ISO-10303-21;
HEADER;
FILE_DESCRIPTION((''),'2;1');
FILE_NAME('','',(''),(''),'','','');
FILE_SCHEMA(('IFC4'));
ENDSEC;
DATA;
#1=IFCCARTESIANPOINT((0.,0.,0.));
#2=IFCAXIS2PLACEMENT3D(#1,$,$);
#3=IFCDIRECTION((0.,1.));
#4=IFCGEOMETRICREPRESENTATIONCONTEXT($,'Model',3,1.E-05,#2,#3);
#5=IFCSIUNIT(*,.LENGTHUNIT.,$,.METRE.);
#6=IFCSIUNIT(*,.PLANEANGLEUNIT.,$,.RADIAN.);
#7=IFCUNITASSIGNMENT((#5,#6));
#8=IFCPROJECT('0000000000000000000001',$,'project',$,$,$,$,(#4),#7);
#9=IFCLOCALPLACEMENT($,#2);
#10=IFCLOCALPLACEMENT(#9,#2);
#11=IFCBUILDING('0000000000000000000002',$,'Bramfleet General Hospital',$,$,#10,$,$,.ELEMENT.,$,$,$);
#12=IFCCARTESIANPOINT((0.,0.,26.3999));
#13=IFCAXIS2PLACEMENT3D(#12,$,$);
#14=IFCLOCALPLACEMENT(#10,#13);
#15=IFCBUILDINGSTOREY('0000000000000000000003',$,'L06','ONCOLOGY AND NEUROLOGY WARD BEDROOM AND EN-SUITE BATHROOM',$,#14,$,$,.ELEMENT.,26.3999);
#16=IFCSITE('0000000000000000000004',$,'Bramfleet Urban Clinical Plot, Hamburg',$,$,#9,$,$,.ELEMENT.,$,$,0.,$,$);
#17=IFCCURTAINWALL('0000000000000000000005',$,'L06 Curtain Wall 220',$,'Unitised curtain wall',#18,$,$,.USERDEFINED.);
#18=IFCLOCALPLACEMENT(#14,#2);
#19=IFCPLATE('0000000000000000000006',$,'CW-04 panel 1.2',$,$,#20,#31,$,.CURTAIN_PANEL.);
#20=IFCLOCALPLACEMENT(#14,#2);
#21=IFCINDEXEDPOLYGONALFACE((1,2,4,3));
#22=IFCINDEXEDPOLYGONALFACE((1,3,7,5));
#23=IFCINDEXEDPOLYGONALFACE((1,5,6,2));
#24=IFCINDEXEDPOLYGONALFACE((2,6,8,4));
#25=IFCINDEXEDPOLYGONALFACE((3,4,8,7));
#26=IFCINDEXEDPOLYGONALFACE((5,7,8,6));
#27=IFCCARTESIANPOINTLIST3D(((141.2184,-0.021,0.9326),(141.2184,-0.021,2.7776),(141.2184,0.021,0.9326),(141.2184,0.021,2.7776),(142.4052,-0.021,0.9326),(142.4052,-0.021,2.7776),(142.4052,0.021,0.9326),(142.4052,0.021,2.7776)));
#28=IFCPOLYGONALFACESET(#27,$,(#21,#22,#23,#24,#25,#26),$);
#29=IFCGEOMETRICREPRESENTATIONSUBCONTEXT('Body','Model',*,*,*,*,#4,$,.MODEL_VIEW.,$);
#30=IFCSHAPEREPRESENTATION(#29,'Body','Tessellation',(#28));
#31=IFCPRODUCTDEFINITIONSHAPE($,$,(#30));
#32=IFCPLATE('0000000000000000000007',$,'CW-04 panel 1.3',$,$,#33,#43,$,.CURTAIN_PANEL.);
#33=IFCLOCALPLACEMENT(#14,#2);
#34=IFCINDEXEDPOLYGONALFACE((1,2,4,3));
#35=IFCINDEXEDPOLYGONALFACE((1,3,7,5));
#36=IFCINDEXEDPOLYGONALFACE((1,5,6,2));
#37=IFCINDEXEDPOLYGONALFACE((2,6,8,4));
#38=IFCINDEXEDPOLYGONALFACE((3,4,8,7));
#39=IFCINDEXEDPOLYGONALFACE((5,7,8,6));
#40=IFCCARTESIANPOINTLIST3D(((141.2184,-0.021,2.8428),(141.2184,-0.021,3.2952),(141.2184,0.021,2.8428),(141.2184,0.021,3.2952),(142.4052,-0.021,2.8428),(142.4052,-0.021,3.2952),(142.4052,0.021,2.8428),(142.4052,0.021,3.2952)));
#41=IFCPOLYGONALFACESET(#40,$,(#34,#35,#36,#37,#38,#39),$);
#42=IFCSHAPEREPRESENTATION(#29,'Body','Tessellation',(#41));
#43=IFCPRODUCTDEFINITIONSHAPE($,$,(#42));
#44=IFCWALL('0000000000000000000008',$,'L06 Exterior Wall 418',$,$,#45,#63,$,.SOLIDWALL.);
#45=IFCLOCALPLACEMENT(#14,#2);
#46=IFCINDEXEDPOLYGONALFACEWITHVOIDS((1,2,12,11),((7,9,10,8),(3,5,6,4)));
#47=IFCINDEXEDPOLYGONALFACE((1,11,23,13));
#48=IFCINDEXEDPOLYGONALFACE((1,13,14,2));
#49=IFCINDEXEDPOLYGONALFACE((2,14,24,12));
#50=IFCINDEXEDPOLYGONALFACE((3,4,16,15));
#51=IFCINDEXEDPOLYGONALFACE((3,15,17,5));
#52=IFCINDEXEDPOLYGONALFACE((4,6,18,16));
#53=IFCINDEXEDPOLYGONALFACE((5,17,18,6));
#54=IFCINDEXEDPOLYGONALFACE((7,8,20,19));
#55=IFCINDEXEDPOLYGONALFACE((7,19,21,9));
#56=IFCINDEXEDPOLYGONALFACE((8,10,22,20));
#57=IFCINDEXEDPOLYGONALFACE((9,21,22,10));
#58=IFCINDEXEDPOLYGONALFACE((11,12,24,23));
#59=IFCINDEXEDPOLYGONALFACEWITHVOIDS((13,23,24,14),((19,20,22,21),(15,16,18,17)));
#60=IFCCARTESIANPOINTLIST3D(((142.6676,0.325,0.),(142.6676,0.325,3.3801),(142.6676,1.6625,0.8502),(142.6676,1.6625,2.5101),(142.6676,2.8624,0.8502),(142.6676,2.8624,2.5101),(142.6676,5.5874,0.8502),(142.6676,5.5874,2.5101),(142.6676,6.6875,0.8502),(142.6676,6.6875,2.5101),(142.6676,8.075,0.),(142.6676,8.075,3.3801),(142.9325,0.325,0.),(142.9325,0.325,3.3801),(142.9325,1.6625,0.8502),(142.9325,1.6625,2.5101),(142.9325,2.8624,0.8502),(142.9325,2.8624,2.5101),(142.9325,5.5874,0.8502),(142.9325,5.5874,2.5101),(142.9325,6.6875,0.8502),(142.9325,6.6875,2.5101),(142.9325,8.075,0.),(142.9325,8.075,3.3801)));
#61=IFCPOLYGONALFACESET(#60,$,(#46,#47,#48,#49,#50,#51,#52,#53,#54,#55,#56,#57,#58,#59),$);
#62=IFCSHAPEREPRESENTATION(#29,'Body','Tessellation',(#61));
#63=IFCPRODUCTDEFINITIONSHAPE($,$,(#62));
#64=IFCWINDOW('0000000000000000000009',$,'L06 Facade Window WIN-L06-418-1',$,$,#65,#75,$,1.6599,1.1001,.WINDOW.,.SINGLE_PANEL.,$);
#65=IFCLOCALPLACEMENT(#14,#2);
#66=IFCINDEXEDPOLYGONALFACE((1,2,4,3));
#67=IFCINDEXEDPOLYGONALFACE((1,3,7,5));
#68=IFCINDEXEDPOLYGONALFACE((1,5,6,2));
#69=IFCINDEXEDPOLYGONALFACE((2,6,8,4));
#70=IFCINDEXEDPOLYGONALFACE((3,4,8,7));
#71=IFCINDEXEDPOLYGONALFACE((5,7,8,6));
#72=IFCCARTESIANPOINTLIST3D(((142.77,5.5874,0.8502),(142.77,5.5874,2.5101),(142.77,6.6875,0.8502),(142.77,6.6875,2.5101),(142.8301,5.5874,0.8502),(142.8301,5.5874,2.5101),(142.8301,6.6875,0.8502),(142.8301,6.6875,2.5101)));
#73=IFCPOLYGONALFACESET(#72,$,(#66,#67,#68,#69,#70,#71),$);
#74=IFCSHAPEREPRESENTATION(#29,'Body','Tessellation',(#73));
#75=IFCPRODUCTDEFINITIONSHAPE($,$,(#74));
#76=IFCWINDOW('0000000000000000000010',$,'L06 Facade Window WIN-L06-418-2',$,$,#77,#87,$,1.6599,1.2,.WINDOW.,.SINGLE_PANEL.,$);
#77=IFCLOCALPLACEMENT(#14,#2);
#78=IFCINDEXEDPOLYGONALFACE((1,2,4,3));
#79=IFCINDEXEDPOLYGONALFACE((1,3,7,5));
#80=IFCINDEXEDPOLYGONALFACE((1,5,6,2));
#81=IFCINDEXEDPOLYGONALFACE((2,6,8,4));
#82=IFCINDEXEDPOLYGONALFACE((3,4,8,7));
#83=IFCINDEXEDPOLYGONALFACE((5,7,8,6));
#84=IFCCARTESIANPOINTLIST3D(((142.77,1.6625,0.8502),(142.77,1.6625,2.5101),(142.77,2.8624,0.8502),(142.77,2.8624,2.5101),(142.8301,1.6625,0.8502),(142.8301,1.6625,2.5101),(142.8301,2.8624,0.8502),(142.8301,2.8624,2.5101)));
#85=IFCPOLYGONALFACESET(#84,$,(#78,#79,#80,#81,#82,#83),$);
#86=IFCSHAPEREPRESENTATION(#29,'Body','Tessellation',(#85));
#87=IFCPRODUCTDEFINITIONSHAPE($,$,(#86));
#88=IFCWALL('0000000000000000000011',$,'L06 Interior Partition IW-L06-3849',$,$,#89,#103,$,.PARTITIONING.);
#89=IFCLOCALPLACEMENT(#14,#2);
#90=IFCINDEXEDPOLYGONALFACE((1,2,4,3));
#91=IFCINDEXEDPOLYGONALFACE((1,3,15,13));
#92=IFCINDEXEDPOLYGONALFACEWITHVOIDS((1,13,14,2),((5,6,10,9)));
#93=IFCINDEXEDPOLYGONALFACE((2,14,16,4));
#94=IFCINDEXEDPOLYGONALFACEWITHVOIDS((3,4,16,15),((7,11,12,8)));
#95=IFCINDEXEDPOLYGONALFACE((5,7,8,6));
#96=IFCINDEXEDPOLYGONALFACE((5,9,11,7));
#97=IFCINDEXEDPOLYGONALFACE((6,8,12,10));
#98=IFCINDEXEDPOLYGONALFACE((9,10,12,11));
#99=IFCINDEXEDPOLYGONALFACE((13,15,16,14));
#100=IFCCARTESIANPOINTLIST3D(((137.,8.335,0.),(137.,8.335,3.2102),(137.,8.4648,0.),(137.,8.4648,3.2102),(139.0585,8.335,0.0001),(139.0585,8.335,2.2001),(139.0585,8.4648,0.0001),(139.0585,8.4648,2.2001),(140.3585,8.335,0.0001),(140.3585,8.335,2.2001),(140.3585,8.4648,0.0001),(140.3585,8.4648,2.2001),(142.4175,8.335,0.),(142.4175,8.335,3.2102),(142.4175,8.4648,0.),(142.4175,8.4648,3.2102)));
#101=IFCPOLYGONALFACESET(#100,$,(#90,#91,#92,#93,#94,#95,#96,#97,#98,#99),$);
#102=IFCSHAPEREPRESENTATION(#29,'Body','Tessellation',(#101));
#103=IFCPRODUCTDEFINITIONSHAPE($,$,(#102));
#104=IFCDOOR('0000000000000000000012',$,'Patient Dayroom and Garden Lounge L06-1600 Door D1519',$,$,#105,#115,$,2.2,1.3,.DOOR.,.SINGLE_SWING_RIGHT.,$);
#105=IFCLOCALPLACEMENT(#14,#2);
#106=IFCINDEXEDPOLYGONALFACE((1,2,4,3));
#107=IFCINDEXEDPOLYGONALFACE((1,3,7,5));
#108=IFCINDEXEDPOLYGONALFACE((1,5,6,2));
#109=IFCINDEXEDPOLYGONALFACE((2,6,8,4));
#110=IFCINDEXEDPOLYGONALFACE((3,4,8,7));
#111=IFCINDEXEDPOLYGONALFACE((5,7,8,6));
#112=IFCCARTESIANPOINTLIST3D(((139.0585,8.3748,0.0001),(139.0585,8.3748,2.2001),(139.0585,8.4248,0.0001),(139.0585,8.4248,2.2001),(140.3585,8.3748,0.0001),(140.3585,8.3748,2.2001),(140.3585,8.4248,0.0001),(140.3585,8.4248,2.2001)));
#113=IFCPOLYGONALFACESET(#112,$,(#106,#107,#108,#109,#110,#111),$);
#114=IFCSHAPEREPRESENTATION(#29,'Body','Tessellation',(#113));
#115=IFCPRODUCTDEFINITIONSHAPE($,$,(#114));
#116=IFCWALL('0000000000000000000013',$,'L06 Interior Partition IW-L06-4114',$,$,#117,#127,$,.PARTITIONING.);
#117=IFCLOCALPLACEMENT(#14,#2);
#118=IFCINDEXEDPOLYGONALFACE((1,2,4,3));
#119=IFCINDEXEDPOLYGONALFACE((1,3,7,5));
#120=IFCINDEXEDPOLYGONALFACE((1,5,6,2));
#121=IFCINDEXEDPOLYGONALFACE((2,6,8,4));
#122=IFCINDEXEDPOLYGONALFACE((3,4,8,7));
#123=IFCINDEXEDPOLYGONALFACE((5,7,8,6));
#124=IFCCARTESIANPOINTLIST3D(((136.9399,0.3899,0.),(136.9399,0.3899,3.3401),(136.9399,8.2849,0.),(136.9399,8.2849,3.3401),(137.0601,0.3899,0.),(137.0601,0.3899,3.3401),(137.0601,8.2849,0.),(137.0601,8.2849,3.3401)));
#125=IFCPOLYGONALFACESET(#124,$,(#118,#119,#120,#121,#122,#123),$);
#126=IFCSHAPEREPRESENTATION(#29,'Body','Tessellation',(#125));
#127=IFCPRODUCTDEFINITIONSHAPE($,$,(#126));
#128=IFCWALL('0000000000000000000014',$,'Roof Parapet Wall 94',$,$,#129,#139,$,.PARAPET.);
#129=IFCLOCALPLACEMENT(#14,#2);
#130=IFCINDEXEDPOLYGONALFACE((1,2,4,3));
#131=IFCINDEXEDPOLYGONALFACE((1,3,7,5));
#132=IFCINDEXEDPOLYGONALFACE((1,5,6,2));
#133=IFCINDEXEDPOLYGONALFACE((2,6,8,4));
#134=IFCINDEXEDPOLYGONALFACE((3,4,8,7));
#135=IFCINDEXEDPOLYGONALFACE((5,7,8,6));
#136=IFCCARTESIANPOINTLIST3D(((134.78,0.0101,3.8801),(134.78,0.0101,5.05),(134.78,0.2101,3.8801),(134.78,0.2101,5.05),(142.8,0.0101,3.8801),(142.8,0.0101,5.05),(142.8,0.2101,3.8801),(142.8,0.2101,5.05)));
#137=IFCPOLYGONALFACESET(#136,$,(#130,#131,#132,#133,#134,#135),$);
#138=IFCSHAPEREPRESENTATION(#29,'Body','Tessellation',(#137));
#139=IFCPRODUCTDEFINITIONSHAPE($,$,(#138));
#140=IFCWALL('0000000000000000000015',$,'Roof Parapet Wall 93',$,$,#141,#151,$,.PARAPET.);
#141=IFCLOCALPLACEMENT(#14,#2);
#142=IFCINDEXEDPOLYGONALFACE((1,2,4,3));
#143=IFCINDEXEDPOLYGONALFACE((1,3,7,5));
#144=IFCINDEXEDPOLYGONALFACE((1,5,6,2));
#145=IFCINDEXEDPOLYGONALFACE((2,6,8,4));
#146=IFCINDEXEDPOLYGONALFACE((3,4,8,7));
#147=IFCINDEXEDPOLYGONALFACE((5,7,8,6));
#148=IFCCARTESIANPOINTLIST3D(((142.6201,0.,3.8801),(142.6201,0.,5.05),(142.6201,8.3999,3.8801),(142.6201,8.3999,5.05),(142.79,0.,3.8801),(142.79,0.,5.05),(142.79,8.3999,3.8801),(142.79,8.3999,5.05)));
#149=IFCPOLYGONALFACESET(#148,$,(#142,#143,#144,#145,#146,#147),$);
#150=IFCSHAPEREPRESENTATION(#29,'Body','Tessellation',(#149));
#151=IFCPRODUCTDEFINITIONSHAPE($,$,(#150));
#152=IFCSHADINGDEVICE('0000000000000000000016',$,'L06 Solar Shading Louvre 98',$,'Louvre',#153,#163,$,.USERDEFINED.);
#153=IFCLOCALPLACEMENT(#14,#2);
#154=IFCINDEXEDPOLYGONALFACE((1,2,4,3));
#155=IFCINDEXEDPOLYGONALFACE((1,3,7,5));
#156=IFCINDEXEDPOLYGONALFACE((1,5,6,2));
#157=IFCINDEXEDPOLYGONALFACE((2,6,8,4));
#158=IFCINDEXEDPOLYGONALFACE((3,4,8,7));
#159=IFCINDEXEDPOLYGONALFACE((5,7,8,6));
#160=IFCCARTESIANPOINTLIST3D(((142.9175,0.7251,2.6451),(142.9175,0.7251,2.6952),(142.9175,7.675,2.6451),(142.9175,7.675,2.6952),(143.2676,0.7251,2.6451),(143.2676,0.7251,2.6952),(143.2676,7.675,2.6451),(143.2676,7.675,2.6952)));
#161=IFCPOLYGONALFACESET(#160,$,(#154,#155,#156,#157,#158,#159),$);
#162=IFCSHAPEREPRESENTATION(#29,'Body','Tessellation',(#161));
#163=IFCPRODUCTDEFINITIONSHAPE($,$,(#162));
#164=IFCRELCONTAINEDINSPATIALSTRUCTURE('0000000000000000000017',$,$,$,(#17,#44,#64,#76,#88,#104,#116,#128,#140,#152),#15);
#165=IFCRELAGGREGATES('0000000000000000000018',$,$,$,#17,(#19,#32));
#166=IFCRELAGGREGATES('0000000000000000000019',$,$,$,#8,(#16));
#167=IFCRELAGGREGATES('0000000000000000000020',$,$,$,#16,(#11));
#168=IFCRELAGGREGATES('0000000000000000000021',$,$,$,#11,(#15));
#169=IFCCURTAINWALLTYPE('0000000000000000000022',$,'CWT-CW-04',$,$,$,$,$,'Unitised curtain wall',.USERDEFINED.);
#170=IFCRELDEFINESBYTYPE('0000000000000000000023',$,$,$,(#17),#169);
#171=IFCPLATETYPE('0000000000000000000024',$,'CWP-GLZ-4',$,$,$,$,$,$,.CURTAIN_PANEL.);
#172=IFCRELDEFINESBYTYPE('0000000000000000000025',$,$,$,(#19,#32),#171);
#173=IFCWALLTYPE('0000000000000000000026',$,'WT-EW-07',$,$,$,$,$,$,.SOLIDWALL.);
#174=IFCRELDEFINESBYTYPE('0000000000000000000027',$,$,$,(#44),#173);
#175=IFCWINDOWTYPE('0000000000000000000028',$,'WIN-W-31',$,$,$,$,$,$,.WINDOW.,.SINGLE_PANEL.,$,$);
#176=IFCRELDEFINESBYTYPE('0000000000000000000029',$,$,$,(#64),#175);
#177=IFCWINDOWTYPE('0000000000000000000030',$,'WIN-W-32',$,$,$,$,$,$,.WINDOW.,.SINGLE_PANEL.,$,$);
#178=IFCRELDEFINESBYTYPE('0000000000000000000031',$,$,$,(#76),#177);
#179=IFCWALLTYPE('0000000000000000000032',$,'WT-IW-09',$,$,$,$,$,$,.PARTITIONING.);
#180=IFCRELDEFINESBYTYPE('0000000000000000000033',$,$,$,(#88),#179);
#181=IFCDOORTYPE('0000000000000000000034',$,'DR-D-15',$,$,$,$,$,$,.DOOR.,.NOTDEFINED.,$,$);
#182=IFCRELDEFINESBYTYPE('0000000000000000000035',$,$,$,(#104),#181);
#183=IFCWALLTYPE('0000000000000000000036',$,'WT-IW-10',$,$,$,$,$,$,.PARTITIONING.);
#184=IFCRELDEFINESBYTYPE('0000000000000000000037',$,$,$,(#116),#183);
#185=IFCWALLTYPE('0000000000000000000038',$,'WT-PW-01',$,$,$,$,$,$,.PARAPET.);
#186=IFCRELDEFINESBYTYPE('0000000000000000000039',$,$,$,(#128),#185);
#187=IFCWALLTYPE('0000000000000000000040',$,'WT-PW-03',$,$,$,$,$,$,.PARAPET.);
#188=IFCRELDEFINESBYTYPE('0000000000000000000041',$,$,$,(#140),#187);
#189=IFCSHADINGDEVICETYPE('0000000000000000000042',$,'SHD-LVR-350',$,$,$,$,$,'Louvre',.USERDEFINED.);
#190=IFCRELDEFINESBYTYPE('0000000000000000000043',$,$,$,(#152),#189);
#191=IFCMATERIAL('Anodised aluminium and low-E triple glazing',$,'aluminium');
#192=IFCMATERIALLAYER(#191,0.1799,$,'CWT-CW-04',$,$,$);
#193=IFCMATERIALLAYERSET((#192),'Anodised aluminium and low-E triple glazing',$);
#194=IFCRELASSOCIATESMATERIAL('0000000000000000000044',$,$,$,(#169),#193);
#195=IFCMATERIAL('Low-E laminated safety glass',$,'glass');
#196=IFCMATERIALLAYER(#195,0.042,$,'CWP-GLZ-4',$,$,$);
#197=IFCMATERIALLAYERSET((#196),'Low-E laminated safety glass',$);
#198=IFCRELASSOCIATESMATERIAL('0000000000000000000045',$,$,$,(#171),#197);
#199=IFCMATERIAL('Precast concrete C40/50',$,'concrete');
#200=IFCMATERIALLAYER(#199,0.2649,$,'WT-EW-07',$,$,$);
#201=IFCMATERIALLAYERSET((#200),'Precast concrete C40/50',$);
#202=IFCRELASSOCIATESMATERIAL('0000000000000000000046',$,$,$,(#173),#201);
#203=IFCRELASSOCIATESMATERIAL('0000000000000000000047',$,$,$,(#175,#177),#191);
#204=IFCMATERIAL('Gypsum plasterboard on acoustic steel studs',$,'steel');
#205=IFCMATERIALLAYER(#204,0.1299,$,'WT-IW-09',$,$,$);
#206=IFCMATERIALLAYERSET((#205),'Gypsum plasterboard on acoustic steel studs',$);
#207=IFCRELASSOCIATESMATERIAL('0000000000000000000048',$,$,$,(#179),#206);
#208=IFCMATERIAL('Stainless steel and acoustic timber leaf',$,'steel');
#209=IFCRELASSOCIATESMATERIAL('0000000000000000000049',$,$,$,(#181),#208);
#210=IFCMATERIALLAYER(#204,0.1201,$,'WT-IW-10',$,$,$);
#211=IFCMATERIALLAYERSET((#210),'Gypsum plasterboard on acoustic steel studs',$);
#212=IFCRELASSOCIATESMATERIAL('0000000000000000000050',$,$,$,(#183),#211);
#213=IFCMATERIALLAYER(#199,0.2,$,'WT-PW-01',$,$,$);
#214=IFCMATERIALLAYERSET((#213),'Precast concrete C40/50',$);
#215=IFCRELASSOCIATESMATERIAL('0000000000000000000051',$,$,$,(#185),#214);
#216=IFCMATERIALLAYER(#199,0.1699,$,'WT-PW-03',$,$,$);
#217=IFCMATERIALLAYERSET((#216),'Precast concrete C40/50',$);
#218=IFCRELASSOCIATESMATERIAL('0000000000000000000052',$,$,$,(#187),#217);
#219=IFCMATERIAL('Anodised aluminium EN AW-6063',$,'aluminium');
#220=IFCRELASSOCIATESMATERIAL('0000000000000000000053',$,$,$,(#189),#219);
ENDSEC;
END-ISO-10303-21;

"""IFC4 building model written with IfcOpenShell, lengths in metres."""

from ifc_helpers import new_model, si_unit, direction, frame, frame_2d, origin, origin_2d, place, context, subcontext, project, spatial, rectangle, extrude, material, layer, layer_set, material_profile, profile_set, type_object, element, fill, aggregate, save


model = new_model("IFC4")

# Units and contexts
model_context = context("Model", 3, precision=1e-05, world=origin(), true_north=direction((0.0, 1.0)))
body_context = subcontext(model_context, "Body", "Model", "MODEL_VIEW")
ifc_project = project(units=[si_unit("LENGTHUNIT", "METRE"), si_unit("PLANEANGLEUNIT", "RADIAN")], contexts=[model_context])

# Site, building, storey
site_placement = place(None, origin())
site = spatial("IfcSite", under=ifc_project, at=site_placement, Name="Bramfleet Urban Clinical Plot, Hamburg", CompositionType="ELEMENT", RefElevation=0.0)
building_placement = place(site_placement, origin())
building = spatial("IfcBuilding", under=site, at=building_placement, Name="Bramfleet General Hospital", CompositionType="ELEMENT")
storey_placement = place(building_placement, frame((0.0, 0.0, 26.3999)))
storey = spatial("IfcBuildingStorey", under=building, at=storey_placement, Name="L06", Description="ONCOLOGY AND NEUROLOGY WARD BEDROOM AND EN-SUITE BATHROOM", CompositionType="ELEMENT", Elevation=26.3999)

# Curtain wall, plates
ifc_material_1 = material(Name="Anodised aluminium and low-E triple glazing", Category="aluminium")
ifc_layer_1 = layer(ifc_material_1, 0.1799, Name="CWT-CW-04")
ifc_layer_set_1 = layer_set([ifc_layer_1], Name="Anodised aluminium and low-E triple glazing")
curtain_wall_type = type_object("IfcCurtainWallType", Name="CWT-CW-04", ElementType="Unitised curtain wall", PredefinedType="USERDEFINED", material=ifc_layer_set_1)
curtain_wall_placement = place(storey_placement, origin())
curtain_wall = element("IfcCurtainWall", 1, at=curtain_wall_placement, inside=storey, type_object=curtain_wall_type, Name="L06 Curtain Wall 220", ObjectType="Unitised curtain wall", PredefinedType="USERDEFINED")
ifc_material_2 = material(Name="Low-E laminated safety glass", Category="glass")
ifc_layer_2 = layer(ifc_material_2, 0.042, Name="CWP-GLZ-4")
ifc_layer_set_2 = layer_set([ifc_layer_2], Name="Low-E laminated safety glass")
plate_type = type_object("IfcPlateType", Name="CWP-GLZ-4", PredefinedType="CURTAIN_PANEL", material=ifc_layer_set_2)
plate_1_placement = place(storey_placement, frame((141.8118, 0.0, 0.9326), z_axis=(0.0, 0.0, 1.0), x_axis=(-1.0, 0.0, 0.0)))
plate_1 = element("IfcPlate", 2, at=plate_1_placement, type_object=plate_type, Name="CW-04 panel 1.2", PredefinedType="CURTAIN_PANEL", context=body_context, shape_type="SweptSolid", body=[
    extrude(rectangle(XDim=1.1868, YDim=0.042, at=origin_2d()), origin(), (0.0, 0.0, 1.0), 1.845),
])
plate_2_placement = place(storey_placement, frame((141.8118, 0.0, 2.8428), z_axis=(0.0, 0.0, 1.0), x_axis=(-1.0, 0.0, 0.0)))
plate_2 = element("IfcPlate", 3, at=plate_2_placement, type_object=plate_type, Name="CW-04 panel 1.3", PredefinedType="CURTAIN_PANEL", context=body_context, shape_type="SweptSolid", body=[
    extrude(rectangle(XDim=1.1868, YDim=0.042, at=origin_2d()), origin(), (0.0, 0.0, 1.0), 0.4524),
])
aggregate(curtain_wall, [plate_1, plate_2])

# Wall, openings, windows
ifc_material_3 = material(Name="Precast concrete C40/50", Category="concrete")
ifc_layer_3 = layer(ifc_material_3, 0.2649, Name="WT-EW-07")
ifc_layer_set_3 = layer_set([ifc_layer_3], Name="Precast concrete C40/50")
wall_type_1 = type_object("IfcWallType", Name="WT-EW-07", PredefinedType="SOLIDWALL", material=ifc_layer_set_3)
wall_1_placement = place(storey_placement, frame((142.8, 8.075, 0.0), z_axis=(0.0, 0.0, 1.0), x_axis=(0.0, -1.0, 0.0)))
wall_1 = element("IfcWall", 4, at=wall_1_placement, inside=storey, type_object=wall_type_1, Name="L06 Exterior Wall 418", PredefinedType="SOLIDWALL", context=body_context, shape_type="SweptSolid", body=[
    extrude(rectangle(XDim=7.75, YDim=0.2649, at=frame_2d((3.875, 0.0))), origin(), (0.0, 0.0, 1.0), 3.3801),
])
opening_1_placement = place(wall_1_placement, frame((1.3875, 0.0, 0.8501)))
opening_1 = element("IfcOpeningElement", 5, at=opening_1_placement, cuts=wall_1, PredefinedType="OPENING", context=body_context, shape_type="SweptSolid", body=[
    extrude(rectangle(XDim=1.1001, YDim=1.6599, at=frame_2d((0.55, 0.8301))), frame((0.0, 0.1423, 0.0), z_axis=(0.0, -1.0, 0.0), x_axis=(1.0, 0.0, 0.0)), (0.0, 0.0, 1.0), 0.2849),
])
opening_2_placement = place(wall_1_placement, frame((5.2124, 0.0, 0.8501)))
opening_2 = element("IfcOpeningElement", 6, at=opening_2_placement, cuts=wall_1, PredefinedType="OPENING", context=body_context, shape_type="SweptSolid", body=[
    extrude(rectangle(XDim=1.2, YDim=1.6599, at=frame_2d((0.6001, 0.8301))), frame((0.0, 0.1423, 0.0), z_axis=(0.0, -1.0, 0.0), x_axis=(1.0, 0.0, 0.0)), (0.0, 0.0, 1.0), 0.2849),
])
window_type_1 = type_object("IfcWindowType", Name="WIN-W-31", PartitioningType="SINGLE_PANEL", PredefinedType="WINDOW", material=ifc_material_1)
window_1_placement = place(opening_1_placement, origin())
window_1 = element("IfcWindow", 7, at=window_1_placement, inside=storey, type_object=window_type_1, Name="L06 Facade Window WIN-L06-418-1", OverallHeight=1.6599, OverallWidth=1.1001, PartitioningType="SINGLE_PANEL", PredefinedType="WINDOW", context=body_context, shape_type="SweptSolid", body=[
    extrude(rectangle(XDim=1.1001, YDim=1.6599, at=frame_2d((0.55, 0.8301))), frame((0.0, 0.03, 0.0), z_axis=(0.0, -1.0, 0.0), x_axis=(1.0, 0.0, 0.0)), (0.0, 0.0, 1.0), 0.0601),
])
fill(opening_1, window_1)
window_type_2 = type_object("IfcWindowType", Name="WIN-W-32", PartitioningType="SINGLE_PANEL", PredefinedType="WINDOW", material=ifc_material_1)
window_2_placement = place(opening_2_placement, origin())
window_2 = element("IfcWindow", 8, at=window_2_placement, inside=storey, type_object=window_type_2, Name="L06 Facade Window WIN-L06-418-2", OverallHeight=1.6599, OverallWidth=1.2, PartitioningType="SINGLE_PANEL", PredefinedType="WINDOW", context=body_context, shape_type="SweptSolid", body=[
    extrude(rectangle(XDim=1.2, YDim=1.6599, at=frame_2d((0.6001, 0.8301))), frame((0.0, 0.03, 0.0), z_axis=(0.0, -1.0, 0.0), x_axis=(1.0, 0.0, 0.0)), (0.0, 0.0, 1.0), 0.0601),
])
fill(opening_2, window_2)

# Wall, opening, door
ifc_material_4 = material(Name="Gypsum plasterboard on acoustic steel studs", Category="steel")
ifc_layer_4 = layer(ifc_material_4, 0.1299, Name="WT-IW-09")
ifc_layer_set_4 = layer_set([ifc_layer_4], Name="Gypsum plasterboard on acoustic steel studs")
wall_type_2 = type_object("IfcWallType", Name="WT-IW-09", PredefinedType="PARTITIONING", material=ifc_layer_set_4)
wall_2_placement = place(storey_placement, frame((137.0, 8.3999, 0.0), z_axis=(0.0, 0.0, 1.0), x_axis=(1.0, 0.0, 0.0)))
wall_2 = element("IfcWall", 9, at=wall_2_placement, inside=storey, type_object=wall_type_2, Name="L06 Interior Partition IW-L06-3849", PredefinedType="PARTITIONING", context=body_context, shape_type="SweptSolid", body=[
    extrude(rectangle(XDim=5.4175, YDim=0.1299, at=frame_2d((2.7087, 0.0))), origin(), (0.0, 0.0, 1.0), 3.2102),
])
opening_3_placement = place(wall_2_placement, frame((2.0586, 0.0, 0.0)))
opening_3 = element("IfcOpeningElement", 10, at=opening_3_placement, cuts=wall_2, PredefinedType="OPENING", context=body_context, shape_type="SweptSolid", body=[
    extrude(rectangle(XDim=1.3, YDim=2.2, at=frame_2d((0.6499, 1.1001))), frame((0.0, 0.075, 0.0), z_axis=(0.0, -1.0, 0.0), x_axis=(1.0, 0.0, 0.0)), (0.0, 0.0, 1.0), 0.1499),
])
ifc_material_5 = material(Name="Stainless steel and acoustic timber leaf", Category="steel")
door_type = type_object("IfcDoorType", Name="DR-D-15", OperationType="NOTDEFINED", PredefinedType="DOOR", material=ifc_material_5)
door_placement = place(opening_3_placement, origin())
door = element("IfcDoor", 11, at=door_placement, inside=storey, type_object=door_type, Name="Patient Dayroom and Garden Lounge L06-1600 Door D1519", OperationType="SINGLE_SWING_RIGHT", OverallHeight=2.2, OverallWidth=1.3, PredefinedType="DOOR", context=body_context, shape_type="SweptSolid", body=[
    extrude(rectangle(XDim=1.3, YDim=2.2, at=frame_2d((0.6499, 1.1001))), frame((0.0, 0.0249, 0.0), z_axis=(0.0, -1.0, 0.0), x_axis=(1.0, 0.0, 0.0)), (0.0, 0.0, 1.0), 0.05),
])
fill(opening_3, door)

# Walls
ifc_layer_5 = layer(ifc_material_4, 0.1201, Name="WT-IW-10")
ifc_layer_set_5 = layer_set([ifc_layer_5], Name="Gypsum plasterboard on acoustic steel studs")
wall_type_3 = type_object("IfcWallType", Name="WT-IW-10", PredefinedType="PARTITIONING", material=ifc_layer_set_5)
wall_3_placement = place(storey_placement, frame((137.0, 0.3899, 0.0), z_axis=(0.0, 0.0, 1.0), x_axis=(0.0, 1.0, 0.0)))
element("IfcWall", 12, at=wall_3_placement, inside=storey, type_object=wall_type_3, Name="L06 Interior Partition IW-L06-4114", PredefinedType="PARTITIONING", context=body_context, shape_type="SweptSolid", body=[
    extrude(rectangle(XDim=7.895, YDim=0.1201, at=frame_2d((3.9475, 0.0))), origin(), (0.0, 0.0, 1.0), 3.3401),
])
ifc_layer_6 = layer(ifc_material_3, 0.2, Name="WT-PW-01")
ifc_layer_set_6 = layer_set([ifc_layer_6], Name="Precast concrete C40/50")
wall_type_4 = type_object("IfcWallType", Name="WT-PW-01", PredefinedType="PARAPET", material=ifc_layer_set_6)
wall_4_placement = place(storey_placement, frame((142.8, 0.1101, 3.8801), z_axis=(0.0, 0.0, 1.0), x_axis=(-1.0, 0.0, 0.0)))
element("IfcWall", 13, at=wall_4_placement, inside=storey, type_object=wall_type_4, Name="Roof Parapet Wall 94", PredefinedType="PARAPET", context=body_context, shape_type="SweptSolid", body=[
    extrude(rectangle(XDim=8.02, YDim=0.2, at=frame_2d((4.01, 0.0))), origin(), (0.0, 0.0, 1.0), 1.1699),
])
ifc_layer_7 = layer(ifc_material_3, 0.1699, Name="WT-PW-03")
ifc_layer_set_7 = layer_set([ifc_layer_7], Name="Precast concrete C40/50")
wall_type_5 = type_object("IfcWallType", Name="WT-PW-03", PredefinedType="PARAPET", material=ifc_layer_set_7)
wall_5_placement = place(storey_placement, frame((142.7051, 8.3999, 3.8801), z_axis=(0.0, 0.0, 1.0), x_axis=(0.0, -1.0, 0.0)))
element("IfcWall", 14, at=wall_5_placement, inside=storey, type_object=wall_type_5, Name="Roof Parapet Wall 93", PredefinedType="PARAPET", context=body_context, shape_type="SweptSolid", body=[
    extrude(rectangle(XDim=8.3999, YDim=0.1699, at=frame_2d((4.2, 0.0))), origin(), (0.0, 0.0, 1.0), 1.1699),
])

# Shading device
ifc_material_6 = material(Name="Anodised aluminium EN AW-6063", Category="aluminium")
ifc_material_profile_1 = material_profile(ifc_material_6, rectangle(XDim=0.05, YDim=0.3501, at=origin_2d()), Name="ALU LOUVRE 350x50")
ifc_profile_set_1 = profile_set([ifc_material_profile_1], Name="Anodised aluminium EN AW-6063")
shading_device_type = type_object("IfcShadingDeviceType", Name="SHD-LVR-350", ElementType="Louvre", PredefinedType="USERDEFINED", material=ifc_profile_set_1)
shading_device_placement = place(storey_placement, frame((143.0925, 7.675, 2.6702), z_axis=(0.0, -1.0, 0.0), x_axis=(0.0, 0.0, 1.0)))
element("IfcShadingDevice", 15, at=shading_device_placement, inside=storey, type_object=shading_device_type, Name="L06 Solar Shading Louvre 98", ObjectType="Louvre", PredefinedType="USERDEFINED", context=body_context, shape_type="SweptSolid", body=[
    extrude(rectangle(XDim=0.05, YDim=0.3501, at=origin_2d()), origin(), (0.0, 0.0, 1.0), 6.95),
])

save(model, "model.ifc")
